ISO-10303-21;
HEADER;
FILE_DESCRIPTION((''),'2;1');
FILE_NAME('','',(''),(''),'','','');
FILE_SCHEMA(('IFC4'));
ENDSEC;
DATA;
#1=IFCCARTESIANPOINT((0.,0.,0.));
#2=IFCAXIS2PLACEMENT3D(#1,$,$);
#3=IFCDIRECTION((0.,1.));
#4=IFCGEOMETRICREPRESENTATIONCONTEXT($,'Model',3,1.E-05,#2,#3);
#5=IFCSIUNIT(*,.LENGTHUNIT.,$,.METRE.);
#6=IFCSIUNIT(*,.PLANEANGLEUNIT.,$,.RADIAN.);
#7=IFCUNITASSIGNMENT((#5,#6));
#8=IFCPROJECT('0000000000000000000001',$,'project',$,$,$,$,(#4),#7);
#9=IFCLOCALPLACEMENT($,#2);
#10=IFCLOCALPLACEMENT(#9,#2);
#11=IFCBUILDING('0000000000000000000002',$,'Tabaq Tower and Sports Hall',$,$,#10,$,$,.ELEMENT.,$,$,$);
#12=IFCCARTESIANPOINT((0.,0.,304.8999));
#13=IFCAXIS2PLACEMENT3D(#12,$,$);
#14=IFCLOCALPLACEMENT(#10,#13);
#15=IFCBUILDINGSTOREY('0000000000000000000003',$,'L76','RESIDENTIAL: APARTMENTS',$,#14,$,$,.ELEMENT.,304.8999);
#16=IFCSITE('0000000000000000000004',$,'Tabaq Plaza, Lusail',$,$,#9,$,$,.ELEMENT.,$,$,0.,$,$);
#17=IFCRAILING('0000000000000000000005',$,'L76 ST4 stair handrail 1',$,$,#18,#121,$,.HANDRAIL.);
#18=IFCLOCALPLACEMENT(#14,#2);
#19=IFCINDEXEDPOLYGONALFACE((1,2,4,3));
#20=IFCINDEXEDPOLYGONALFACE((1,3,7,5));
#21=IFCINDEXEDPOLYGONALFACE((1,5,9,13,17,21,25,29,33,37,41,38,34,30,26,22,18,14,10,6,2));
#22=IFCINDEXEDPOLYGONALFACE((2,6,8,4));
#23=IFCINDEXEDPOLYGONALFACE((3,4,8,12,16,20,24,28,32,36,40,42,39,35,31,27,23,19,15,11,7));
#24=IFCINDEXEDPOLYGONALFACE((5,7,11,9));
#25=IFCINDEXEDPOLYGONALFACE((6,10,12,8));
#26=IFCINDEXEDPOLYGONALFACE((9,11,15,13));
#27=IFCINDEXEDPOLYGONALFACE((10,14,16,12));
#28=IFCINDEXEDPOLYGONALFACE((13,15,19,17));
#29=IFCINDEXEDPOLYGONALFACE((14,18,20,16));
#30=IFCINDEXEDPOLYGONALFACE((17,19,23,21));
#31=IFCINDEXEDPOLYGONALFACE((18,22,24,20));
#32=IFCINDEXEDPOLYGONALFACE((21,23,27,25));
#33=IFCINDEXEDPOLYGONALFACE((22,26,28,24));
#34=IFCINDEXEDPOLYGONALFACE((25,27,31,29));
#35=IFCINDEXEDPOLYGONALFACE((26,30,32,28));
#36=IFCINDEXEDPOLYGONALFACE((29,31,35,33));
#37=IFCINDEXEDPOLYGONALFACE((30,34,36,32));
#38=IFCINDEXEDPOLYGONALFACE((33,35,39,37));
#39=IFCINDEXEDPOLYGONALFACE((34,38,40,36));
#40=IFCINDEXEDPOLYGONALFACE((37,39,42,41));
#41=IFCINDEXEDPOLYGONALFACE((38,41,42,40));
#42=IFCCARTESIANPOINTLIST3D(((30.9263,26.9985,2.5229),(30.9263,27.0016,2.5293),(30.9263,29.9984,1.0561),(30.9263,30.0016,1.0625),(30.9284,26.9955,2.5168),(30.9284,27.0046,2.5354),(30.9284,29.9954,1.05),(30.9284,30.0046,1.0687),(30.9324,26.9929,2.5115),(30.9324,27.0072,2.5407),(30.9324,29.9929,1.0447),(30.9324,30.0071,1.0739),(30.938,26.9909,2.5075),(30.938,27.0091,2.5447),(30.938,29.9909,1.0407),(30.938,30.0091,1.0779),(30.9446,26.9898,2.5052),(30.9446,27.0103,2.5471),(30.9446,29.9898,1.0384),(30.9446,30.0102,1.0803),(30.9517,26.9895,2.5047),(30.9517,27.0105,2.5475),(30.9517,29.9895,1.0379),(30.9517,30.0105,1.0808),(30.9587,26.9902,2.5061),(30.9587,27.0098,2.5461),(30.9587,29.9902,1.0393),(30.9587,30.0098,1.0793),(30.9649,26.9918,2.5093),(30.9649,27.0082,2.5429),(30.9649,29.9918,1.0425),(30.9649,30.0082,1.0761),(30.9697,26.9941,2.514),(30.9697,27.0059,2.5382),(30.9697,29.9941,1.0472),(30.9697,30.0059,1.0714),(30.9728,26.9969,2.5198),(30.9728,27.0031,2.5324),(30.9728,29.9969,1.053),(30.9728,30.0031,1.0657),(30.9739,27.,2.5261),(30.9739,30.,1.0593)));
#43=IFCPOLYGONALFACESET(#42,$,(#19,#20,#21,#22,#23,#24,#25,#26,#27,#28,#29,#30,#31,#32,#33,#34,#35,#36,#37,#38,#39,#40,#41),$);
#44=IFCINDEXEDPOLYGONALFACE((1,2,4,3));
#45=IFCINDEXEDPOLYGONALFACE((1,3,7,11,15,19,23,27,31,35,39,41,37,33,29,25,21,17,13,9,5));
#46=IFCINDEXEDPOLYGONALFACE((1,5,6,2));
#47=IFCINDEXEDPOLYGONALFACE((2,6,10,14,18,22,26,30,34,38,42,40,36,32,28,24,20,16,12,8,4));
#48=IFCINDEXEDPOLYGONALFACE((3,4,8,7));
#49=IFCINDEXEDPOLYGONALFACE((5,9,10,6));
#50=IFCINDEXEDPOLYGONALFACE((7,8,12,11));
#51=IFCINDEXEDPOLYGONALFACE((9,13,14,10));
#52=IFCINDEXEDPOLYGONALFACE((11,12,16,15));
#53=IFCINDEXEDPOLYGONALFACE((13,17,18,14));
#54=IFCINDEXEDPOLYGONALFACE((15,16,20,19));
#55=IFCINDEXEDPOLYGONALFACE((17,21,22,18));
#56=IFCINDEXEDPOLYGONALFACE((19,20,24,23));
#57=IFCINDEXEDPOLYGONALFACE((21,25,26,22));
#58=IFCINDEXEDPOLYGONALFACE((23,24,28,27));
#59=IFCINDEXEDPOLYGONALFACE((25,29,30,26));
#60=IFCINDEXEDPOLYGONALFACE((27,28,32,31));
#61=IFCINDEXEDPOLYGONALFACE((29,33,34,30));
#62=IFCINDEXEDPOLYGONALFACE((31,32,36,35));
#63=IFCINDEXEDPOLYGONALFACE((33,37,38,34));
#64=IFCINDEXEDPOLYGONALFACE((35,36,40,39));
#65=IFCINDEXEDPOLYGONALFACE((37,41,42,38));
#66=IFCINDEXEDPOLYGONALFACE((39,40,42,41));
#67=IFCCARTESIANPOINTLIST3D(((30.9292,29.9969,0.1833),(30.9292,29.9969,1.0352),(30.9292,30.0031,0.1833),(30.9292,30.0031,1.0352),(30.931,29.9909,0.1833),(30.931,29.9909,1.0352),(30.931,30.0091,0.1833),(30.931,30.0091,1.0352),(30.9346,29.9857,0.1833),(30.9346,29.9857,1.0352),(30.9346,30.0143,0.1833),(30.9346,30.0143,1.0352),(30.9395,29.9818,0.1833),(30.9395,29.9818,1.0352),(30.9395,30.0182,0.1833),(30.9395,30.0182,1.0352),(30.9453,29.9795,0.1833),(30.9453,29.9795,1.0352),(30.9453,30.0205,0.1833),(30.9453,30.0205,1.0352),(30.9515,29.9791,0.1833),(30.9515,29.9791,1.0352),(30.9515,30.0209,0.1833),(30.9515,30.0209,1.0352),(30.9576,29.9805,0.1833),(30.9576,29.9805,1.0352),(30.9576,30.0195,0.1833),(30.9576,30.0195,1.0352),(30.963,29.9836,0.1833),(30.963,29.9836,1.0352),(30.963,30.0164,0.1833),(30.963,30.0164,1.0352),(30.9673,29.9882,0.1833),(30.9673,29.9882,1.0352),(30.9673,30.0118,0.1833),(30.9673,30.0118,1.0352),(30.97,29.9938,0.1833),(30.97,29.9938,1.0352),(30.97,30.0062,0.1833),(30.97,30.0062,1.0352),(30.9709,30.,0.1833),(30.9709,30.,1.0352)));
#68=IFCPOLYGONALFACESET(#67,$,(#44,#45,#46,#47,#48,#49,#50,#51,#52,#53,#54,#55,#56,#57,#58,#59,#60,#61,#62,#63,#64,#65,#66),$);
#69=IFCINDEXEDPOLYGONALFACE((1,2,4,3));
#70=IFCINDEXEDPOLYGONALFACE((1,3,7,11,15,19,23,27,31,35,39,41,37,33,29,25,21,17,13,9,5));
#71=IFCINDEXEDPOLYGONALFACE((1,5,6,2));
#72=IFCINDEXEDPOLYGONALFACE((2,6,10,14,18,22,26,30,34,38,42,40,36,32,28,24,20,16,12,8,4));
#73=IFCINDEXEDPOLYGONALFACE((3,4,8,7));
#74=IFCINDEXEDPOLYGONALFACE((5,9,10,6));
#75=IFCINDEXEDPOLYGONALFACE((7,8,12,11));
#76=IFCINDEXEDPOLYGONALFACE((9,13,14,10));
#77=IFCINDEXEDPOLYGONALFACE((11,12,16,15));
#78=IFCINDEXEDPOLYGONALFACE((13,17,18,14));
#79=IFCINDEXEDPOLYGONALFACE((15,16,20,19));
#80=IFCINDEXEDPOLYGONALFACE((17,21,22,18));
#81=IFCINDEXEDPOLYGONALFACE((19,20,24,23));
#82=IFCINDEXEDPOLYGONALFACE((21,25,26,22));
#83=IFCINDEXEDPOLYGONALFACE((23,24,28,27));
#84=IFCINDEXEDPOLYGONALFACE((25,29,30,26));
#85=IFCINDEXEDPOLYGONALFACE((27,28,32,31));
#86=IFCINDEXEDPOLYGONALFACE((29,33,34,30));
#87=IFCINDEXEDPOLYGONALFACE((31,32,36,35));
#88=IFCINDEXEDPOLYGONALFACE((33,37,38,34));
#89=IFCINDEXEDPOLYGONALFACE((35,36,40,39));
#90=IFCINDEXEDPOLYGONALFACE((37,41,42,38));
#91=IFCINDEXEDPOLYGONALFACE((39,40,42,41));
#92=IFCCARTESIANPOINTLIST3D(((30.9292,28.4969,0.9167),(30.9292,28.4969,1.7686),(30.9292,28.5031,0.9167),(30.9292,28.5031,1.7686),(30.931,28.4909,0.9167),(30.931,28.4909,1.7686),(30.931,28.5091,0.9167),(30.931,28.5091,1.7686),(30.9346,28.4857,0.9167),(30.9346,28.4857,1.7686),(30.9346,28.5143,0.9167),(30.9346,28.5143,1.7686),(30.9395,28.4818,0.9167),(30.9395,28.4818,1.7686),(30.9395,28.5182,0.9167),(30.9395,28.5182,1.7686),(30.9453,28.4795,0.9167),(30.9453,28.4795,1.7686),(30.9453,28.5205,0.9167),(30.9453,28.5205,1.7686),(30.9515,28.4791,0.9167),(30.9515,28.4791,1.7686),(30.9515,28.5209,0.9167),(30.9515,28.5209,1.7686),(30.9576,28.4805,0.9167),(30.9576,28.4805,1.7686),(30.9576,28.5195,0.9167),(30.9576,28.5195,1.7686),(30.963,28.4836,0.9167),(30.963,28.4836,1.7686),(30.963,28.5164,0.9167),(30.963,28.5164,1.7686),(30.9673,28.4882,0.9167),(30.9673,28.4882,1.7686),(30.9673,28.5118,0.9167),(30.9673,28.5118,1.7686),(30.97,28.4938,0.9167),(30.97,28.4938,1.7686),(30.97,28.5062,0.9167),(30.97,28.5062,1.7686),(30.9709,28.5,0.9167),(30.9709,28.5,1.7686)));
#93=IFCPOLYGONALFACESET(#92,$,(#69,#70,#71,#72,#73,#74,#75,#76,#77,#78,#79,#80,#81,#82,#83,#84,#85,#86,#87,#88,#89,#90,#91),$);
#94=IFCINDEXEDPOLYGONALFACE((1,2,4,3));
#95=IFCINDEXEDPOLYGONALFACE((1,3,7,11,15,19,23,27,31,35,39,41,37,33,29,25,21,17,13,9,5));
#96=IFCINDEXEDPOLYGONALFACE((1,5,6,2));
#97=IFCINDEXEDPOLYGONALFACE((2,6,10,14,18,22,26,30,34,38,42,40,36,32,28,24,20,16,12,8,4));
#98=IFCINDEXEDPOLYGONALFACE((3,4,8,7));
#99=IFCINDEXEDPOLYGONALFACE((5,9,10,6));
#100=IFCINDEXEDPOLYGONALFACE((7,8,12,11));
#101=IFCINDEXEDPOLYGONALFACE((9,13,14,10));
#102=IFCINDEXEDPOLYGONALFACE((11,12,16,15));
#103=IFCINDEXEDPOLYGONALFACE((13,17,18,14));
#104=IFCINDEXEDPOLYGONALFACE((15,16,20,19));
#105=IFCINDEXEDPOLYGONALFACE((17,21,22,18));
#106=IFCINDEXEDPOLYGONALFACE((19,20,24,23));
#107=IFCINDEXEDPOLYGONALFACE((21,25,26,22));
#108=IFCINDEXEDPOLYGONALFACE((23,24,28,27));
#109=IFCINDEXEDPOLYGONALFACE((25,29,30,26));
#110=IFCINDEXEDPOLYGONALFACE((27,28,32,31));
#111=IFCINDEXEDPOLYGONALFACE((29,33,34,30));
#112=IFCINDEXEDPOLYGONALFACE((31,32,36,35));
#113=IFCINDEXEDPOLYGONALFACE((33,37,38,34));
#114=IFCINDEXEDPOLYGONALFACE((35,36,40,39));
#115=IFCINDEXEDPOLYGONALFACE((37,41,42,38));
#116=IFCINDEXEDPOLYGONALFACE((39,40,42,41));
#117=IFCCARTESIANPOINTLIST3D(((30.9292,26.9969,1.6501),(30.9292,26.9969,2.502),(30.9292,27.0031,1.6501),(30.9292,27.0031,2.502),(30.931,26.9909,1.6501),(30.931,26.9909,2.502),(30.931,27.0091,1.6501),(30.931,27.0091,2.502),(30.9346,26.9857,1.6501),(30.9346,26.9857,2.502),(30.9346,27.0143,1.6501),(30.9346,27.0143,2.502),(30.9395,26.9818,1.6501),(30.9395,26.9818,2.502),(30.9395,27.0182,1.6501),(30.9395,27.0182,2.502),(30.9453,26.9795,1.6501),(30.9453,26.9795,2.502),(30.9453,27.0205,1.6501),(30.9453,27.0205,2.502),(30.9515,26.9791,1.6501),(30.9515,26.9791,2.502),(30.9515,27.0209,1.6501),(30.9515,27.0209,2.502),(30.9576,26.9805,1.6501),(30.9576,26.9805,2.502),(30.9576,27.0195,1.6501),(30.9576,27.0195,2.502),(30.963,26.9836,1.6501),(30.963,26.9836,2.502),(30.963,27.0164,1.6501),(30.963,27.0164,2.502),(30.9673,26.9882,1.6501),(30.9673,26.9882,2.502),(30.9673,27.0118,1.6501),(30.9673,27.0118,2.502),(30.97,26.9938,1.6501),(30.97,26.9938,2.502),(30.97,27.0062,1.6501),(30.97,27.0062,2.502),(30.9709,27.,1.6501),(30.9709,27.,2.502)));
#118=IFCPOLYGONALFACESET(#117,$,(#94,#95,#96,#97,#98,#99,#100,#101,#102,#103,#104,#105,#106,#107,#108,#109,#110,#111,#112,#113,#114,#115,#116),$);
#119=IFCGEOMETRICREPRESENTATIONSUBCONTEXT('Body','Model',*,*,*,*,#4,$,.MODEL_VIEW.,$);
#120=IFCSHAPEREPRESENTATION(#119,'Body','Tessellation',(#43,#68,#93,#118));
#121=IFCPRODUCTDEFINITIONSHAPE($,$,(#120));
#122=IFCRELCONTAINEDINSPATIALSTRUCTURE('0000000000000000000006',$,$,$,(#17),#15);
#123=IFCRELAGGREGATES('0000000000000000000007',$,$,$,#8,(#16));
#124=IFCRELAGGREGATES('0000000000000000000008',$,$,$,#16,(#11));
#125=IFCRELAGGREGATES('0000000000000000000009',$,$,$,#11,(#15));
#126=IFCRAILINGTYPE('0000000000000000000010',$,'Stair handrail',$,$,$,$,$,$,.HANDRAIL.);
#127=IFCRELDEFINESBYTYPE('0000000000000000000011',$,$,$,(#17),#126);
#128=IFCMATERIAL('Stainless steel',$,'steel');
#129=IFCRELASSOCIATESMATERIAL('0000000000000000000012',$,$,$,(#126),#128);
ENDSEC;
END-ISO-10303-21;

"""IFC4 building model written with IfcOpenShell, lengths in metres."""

from ifc_helpers import new_model, si_unit, direction, frame, origin, origin_2d, place, context, subcontext, project, spatial, circle, extrude, material, type_object, element, save


model = new_model("IFC4")

# Units and contexts
model_context = context("Model", 3, precision=1e-05, world=origin(), true_north=direction((0.0, 1.0)))
body_context = subcontext(model_context, "Body", "Model", "MODEL_VIEW")
ifc_project = project(units=[si_unit("LENGTHUNIT", "METRE"), si_unit("PLANEANGLEUNIT", "RADIAN")], contexts=[model_context])

# Site, building, storey
site_placement = place(None, origin())
site = spatial("IfcSite", under=ifc_project, at=site_placement, Name="Tabaq Plaza, Lusail", CompositionType="ELEMENT", RefElevation=0.0)
building_placement = place(site_placement, origin())
building = spatial("IfcBuilding", under=site, at=building_placement, Name="Tabaq Tower and Sports Hall", CompositionType="ELEMENT")
storey_placement = place(building_placement, frame((0.0, 0.0, 304.8999)))
storey = spatial("IfcBuildingStorey", under=building, at=storey_placement, Name="L76", Description="RESIDENTIAL: APARTMENTS", CompositionType="ELEMENT", Elevation=304.8999)

# Railing
ifc_material_1 = material(Name="Stainless steel", Category="steel")
railing_type_1 = type_object("IfcRailingType", Name="Stair handrail", PredefinedType="HANDRAIL", material=ifc_material_1)
railing_1_placement = place(storey_placement, frame((30.95, 30.0, 0.1833)))
element("IfcRailing", 1, at=railing_1_placement, inside=storey, type_object=railing_type_1, Name="L76 ST4 stair handrail 1", PredefinedType="HANDRAIL", context=body_context, shape_type="SweptSolid", body=[
    extrude(circle(Radius=0.0239, at=origin_2d()), frame((0.0, 0.0, 0.876), z_axis=(0.0, -0.898369, 0.439242), x_axis=(1.0, 0.0, 0.0)), (0.0, 0.0, 1.0), 3.3394),
    extrude(circle(Radius=0.021, at=origin_2d()), origin(), (0.0, 0.0, 1.0), 0.8518),
    extrude(circle(Radius=0.021, at=origin_2d()), frame((0.0, -1.5, 0.7334)), (0.0, 0.0, 1.0), 0.8518),
    extrude(circle(Radius=0.021, at=origin_2d()), frame((0.0, -3.0, 1.4668)), (0.0, 0.0, 1.0), 0.8518),
])

save(model, "model.ifc")
